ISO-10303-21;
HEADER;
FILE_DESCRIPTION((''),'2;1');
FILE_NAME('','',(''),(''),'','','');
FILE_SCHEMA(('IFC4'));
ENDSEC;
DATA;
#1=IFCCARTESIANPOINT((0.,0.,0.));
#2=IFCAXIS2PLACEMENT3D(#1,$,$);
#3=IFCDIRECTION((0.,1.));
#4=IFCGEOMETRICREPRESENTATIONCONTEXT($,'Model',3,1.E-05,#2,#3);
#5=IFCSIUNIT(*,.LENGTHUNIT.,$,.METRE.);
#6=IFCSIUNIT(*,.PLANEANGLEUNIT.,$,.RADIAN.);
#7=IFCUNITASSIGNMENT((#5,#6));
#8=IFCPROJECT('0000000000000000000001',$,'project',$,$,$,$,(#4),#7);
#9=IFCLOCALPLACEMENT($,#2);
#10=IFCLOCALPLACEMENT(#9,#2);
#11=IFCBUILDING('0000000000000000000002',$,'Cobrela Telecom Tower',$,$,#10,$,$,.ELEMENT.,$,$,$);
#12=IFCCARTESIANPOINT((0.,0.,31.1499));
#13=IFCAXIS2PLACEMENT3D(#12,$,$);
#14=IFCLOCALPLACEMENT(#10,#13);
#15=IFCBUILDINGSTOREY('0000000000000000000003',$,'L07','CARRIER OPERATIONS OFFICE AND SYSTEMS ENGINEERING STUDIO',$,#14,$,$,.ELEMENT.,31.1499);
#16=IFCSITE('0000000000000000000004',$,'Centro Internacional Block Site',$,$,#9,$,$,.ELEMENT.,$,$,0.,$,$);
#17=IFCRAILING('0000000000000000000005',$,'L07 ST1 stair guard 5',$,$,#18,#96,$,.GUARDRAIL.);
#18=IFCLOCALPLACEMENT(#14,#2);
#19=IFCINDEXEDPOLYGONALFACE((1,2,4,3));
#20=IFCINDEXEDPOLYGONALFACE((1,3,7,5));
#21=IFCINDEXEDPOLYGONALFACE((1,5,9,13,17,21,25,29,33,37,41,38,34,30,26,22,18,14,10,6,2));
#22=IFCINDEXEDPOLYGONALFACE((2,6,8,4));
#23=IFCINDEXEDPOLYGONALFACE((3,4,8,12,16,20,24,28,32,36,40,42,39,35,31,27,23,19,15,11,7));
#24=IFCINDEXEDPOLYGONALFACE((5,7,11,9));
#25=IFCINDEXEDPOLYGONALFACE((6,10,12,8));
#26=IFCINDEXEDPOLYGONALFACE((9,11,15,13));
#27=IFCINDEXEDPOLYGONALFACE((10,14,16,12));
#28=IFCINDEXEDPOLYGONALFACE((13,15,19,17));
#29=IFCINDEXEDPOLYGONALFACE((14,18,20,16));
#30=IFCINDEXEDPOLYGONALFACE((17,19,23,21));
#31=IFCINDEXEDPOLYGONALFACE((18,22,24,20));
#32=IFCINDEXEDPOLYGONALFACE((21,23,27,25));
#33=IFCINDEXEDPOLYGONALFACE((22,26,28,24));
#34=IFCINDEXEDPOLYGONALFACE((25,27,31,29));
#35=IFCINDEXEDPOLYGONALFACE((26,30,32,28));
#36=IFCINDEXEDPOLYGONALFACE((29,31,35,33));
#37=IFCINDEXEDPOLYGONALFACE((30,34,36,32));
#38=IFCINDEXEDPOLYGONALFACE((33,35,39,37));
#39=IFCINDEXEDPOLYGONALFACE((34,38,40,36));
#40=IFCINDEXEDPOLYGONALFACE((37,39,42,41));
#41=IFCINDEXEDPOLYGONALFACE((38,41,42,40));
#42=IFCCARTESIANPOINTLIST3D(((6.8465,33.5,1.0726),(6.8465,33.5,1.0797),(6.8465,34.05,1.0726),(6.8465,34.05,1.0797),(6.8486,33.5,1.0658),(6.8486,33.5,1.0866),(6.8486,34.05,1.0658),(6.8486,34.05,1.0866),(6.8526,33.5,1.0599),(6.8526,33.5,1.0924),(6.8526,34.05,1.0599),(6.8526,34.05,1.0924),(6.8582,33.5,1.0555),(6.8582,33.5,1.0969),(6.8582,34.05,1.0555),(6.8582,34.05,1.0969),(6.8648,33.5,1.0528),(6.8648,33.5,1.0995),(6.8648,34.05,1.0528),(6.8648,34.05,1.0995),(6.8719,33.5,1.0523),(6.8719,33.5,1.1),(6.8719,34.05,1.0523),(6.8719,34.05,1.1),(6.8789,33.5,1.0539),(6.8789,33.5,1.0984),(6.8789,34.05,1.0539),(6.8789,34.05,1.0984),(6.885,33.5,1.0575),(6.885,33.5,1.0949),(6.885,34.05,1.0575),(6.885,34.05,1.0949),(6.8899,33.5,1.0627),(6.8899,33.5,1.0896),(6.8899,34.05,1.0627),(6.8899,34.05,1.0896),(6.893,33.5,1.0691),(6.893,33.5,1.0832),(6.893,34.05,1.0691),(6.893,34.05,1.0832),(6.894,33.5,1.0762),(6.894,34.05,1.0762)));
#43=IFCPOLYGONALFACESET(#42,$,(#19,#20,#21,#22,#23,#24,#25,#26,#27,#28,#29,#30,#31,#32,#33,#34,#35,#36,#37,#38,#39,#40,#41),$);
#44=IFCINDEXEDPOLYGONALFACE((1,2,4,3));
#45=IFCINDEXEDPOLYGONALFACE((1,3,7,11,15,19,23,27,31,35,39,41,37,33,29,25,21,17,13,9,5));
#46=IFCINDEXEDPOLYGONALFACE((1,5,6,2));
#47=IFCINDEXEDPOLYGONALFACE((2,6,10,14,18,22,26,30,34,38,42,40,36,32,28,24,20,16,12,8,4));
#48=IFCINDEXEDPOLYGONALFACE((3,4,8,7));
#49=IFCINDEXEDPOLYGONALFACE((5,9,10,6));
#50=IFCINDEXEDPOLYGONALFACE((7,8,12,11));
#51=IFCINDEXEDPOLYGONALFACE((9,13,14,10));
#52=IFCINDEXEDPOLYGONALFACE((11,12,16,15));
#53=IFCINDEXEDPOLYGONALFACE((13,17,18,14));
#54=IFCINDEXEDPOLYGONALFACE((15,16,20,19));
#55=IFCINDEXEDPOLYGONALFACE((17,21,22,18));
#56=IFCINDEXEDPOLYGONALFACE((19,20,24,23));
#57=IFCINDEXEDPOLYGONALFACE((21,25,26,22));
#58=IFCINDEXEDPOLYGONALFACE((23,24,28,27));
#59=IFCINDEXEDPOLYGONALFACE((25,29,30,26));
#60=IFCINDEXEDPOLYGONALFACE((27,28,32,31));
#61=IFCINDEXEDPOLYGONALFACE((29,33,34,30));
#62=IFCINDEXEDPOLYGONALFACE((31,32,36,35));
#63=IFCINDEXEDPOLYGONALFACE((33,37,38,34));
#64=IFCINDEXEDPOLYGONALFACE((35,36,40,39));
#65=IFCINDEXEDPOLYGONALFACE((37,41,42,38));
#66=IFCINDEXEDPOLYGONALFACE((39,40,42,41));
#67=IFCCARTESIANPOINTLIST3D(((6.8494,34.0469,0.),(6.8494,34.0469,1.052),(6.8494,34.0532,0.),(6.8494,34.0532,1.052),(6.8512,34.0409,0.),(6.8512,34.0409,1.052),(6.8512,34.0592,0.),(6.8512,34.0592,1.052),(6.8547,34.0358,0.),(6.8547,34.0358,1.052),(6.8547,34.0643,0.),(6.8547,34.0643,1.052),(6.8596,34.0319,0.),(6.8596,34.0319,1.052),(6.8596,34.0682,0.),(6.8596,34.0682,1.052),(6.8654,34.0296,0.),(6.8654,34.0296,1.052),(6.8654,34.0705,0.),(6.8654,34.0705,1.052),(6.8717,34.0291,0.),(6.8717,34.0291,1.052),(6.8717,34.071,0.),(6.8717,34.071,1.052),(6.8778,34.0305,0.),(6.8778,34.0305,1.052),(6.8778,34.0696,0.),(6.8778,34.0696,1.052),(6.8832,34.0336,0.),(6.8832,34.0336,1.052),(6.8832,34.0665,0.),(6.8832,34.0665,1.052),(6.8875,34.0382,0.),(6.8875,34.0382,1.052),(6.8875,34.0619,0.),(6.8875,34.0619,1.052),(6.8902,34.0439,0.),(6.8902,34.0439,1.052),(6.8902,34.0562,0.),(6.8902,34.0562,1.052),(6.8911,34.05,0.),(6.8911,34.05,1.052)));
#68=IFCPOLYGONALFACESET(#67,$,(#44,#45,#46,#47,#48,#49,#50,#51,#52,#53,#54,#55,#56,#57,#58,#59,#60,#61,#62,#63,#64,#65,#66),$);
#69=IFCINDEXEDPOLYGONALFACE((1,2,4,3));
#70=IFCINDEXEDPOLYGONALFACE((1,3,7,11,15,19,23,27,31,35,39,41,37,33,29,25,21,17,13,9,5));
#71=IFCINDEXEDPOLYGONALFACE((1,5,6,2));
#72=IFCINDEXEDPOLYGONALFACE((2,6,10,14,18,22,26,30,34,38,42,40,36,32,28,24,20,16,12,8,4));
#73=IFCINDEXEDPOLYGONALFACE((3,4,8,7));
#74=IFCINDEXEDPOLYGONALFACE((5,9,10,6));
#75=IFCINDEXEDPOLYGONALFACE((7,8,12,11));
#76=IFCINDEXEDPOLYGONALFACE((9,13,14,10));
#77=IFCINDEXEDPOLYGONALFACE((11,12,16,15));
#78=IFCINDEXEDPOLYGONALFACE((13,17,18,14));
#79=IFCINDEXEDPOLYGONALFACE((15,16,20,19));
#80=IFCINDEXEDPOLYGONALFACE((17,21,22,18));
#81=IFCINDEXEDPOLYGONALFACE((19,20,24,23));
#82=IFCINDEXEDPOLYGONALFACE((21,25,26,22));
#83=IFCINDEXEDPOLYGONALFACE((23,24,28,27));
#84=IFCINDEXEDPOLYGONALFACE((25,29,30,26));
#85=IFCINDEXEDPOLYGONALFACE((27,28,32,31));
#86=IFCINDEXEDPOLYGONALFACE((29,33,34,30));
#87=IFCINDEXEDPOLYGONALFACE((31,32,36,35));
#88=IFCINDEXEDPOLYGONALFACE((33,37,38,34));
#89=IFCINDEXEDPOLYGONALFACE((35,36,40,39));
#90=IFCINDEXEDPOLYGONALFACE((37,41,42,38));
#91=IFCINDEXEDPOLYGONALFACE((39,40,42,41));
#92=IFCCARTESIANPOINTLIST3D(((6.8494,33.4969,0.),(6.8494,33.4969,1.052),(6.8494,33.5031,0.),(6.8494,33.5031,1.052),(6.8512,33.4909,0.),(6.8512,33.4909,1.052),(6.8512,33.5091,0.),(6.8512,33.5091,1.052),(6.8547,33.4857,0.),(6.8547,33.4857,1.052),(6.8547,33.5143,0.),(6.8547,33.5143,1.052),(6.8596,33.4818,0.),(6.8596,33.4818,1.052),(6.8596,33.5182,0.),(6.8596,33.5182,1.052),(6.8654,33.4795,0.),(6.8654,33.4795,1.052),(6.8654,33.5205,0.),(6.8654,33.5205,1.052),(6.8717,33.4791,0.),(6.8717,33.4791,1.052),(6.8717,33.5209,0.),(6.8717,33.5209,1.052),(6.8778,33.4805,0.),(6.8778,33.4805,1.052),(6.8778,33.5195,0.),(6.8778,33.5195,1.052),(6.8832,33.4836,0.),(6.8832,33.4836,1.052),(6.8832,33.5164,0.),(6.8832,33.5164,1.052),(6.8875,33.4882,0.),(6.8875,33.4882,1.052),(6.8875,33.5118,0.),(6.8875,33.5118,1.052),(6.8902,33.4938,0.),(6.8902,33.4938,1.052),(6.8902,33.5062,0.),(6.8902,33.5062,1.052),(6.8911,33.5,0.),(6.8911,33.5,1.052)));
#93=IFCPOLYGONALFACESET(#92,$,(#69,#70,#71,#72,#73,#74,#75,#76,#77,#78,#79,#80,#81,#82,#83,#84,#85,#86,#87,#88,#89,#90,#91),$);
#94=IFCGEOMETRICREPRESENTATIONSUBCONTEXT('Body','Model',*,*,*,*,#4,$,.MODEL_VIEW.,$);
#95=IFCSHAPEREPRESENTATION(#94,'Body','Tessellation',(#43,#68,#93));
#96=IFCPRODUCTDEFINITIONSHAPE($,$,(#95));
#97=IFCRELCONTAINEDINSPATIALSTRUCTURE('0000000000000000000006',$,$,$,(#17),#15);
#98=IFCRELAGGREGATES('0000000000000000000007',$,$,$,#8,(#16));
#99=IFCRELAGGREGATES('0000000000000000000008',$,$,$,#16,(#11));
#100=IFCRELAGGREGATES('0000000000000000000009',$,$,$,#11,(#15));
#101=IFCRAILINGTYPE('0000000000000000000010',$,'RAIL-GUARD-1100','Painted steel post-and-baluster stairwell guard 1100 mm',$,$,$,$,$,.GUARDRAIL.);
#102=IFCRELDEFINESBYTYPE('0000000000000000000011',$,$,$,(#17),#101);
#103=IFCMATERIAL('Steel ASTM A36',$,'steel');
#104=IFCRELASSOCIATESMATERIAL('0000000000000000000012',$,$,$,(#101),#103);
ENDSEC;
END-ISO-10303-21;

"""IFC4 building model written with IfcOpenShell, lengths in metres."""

from ifc_helpers import new_model, si_unit, direction, frame, origin, origin_2d, place, context, subcontext, project, spatial, circle, extrude, material, type_object, element, save


model = new_model("IFC4")

# Units and contexts
model_context = context("Model", 3, precision=1e-05, world=origin(), true_north=direction((0.0, 1.0)))
body_context = subcontext(model_context, "Body", "Model", "MODEL_VIEW")
ifc_project = project(units=[si_unit("LENGTHUNIT", "METRE"), si_unit("PLANEANGLEUNIT", "RADIAN")], contexts=[model_context])

# Site, building, storey
site_placement = place(None, origin())
site = spatial("IfcSite", under=ifc_project, at=site_placement, Name="Centro Internacional Block Site", CompositionType="ELEMENT", RefElevation=0.0)
building_placement = place(site_placement, origin())
building = spatial("IfcBuilding", under=site, at=building_placement, Name="Cobrela Telecom Tower", CompositionType="ELEMENT")
storey_placement = place(building_placement, frame((0.0, 0.0, 31.1499)))
storey = spatial("IfcBuildingStorey", under=building, at=storey_placement, Name="L07", Description="CARRIER OPERATIONS OFFICE AND SYSTEMS ENGINEERING STUDIO", CompositionType="ELEMENT", Elevation=31.1499)

# Shared definitions
ifc_material_1 = material(Name="Steel ASTM A36", Category="steel")

# Railing
railing_type_1 = type_object("IfcRailingType", Name="RAIL-GUARD-1100", Description="Painted steel post-and-baluster stairwell guard 1100 mm", PredefinedType="GUARDRAIL", material=ifc_material_1)
railing_1_placement = place(storey_placement, frame((6.8701, 34.05, 0.0)))
element("IfcRailing", 1, at=railing_1_placement, inside=storey, type_object=railing_type_1, Name="L07 ST1 stair guard 5", PredefinedType="GUARDRAIL", context=body_context, shape_type="SweptSolid", body=[
    extrude(circle(Radius=0.0239, at=origin_2d()), frame((0.0, 0.0, 1.0762), z_axis=(0.0, -1.0, 0.0), x_axis=(1.0, 0.0, 0.0)), (0.0, 0.0, 1.0), 0.55),
    extrude(circle(Radius=0.021, at=origin_2d()), origin(), (0.0, 0.0, 1.0), 1.052),
    extrude(circle(Radius=0.021, at=origin_2d()), frame((0.0, -0.55, 0.0)), (0.0, 0.0, 1.0), 1.052),
])

save(model, "model.ifc")
